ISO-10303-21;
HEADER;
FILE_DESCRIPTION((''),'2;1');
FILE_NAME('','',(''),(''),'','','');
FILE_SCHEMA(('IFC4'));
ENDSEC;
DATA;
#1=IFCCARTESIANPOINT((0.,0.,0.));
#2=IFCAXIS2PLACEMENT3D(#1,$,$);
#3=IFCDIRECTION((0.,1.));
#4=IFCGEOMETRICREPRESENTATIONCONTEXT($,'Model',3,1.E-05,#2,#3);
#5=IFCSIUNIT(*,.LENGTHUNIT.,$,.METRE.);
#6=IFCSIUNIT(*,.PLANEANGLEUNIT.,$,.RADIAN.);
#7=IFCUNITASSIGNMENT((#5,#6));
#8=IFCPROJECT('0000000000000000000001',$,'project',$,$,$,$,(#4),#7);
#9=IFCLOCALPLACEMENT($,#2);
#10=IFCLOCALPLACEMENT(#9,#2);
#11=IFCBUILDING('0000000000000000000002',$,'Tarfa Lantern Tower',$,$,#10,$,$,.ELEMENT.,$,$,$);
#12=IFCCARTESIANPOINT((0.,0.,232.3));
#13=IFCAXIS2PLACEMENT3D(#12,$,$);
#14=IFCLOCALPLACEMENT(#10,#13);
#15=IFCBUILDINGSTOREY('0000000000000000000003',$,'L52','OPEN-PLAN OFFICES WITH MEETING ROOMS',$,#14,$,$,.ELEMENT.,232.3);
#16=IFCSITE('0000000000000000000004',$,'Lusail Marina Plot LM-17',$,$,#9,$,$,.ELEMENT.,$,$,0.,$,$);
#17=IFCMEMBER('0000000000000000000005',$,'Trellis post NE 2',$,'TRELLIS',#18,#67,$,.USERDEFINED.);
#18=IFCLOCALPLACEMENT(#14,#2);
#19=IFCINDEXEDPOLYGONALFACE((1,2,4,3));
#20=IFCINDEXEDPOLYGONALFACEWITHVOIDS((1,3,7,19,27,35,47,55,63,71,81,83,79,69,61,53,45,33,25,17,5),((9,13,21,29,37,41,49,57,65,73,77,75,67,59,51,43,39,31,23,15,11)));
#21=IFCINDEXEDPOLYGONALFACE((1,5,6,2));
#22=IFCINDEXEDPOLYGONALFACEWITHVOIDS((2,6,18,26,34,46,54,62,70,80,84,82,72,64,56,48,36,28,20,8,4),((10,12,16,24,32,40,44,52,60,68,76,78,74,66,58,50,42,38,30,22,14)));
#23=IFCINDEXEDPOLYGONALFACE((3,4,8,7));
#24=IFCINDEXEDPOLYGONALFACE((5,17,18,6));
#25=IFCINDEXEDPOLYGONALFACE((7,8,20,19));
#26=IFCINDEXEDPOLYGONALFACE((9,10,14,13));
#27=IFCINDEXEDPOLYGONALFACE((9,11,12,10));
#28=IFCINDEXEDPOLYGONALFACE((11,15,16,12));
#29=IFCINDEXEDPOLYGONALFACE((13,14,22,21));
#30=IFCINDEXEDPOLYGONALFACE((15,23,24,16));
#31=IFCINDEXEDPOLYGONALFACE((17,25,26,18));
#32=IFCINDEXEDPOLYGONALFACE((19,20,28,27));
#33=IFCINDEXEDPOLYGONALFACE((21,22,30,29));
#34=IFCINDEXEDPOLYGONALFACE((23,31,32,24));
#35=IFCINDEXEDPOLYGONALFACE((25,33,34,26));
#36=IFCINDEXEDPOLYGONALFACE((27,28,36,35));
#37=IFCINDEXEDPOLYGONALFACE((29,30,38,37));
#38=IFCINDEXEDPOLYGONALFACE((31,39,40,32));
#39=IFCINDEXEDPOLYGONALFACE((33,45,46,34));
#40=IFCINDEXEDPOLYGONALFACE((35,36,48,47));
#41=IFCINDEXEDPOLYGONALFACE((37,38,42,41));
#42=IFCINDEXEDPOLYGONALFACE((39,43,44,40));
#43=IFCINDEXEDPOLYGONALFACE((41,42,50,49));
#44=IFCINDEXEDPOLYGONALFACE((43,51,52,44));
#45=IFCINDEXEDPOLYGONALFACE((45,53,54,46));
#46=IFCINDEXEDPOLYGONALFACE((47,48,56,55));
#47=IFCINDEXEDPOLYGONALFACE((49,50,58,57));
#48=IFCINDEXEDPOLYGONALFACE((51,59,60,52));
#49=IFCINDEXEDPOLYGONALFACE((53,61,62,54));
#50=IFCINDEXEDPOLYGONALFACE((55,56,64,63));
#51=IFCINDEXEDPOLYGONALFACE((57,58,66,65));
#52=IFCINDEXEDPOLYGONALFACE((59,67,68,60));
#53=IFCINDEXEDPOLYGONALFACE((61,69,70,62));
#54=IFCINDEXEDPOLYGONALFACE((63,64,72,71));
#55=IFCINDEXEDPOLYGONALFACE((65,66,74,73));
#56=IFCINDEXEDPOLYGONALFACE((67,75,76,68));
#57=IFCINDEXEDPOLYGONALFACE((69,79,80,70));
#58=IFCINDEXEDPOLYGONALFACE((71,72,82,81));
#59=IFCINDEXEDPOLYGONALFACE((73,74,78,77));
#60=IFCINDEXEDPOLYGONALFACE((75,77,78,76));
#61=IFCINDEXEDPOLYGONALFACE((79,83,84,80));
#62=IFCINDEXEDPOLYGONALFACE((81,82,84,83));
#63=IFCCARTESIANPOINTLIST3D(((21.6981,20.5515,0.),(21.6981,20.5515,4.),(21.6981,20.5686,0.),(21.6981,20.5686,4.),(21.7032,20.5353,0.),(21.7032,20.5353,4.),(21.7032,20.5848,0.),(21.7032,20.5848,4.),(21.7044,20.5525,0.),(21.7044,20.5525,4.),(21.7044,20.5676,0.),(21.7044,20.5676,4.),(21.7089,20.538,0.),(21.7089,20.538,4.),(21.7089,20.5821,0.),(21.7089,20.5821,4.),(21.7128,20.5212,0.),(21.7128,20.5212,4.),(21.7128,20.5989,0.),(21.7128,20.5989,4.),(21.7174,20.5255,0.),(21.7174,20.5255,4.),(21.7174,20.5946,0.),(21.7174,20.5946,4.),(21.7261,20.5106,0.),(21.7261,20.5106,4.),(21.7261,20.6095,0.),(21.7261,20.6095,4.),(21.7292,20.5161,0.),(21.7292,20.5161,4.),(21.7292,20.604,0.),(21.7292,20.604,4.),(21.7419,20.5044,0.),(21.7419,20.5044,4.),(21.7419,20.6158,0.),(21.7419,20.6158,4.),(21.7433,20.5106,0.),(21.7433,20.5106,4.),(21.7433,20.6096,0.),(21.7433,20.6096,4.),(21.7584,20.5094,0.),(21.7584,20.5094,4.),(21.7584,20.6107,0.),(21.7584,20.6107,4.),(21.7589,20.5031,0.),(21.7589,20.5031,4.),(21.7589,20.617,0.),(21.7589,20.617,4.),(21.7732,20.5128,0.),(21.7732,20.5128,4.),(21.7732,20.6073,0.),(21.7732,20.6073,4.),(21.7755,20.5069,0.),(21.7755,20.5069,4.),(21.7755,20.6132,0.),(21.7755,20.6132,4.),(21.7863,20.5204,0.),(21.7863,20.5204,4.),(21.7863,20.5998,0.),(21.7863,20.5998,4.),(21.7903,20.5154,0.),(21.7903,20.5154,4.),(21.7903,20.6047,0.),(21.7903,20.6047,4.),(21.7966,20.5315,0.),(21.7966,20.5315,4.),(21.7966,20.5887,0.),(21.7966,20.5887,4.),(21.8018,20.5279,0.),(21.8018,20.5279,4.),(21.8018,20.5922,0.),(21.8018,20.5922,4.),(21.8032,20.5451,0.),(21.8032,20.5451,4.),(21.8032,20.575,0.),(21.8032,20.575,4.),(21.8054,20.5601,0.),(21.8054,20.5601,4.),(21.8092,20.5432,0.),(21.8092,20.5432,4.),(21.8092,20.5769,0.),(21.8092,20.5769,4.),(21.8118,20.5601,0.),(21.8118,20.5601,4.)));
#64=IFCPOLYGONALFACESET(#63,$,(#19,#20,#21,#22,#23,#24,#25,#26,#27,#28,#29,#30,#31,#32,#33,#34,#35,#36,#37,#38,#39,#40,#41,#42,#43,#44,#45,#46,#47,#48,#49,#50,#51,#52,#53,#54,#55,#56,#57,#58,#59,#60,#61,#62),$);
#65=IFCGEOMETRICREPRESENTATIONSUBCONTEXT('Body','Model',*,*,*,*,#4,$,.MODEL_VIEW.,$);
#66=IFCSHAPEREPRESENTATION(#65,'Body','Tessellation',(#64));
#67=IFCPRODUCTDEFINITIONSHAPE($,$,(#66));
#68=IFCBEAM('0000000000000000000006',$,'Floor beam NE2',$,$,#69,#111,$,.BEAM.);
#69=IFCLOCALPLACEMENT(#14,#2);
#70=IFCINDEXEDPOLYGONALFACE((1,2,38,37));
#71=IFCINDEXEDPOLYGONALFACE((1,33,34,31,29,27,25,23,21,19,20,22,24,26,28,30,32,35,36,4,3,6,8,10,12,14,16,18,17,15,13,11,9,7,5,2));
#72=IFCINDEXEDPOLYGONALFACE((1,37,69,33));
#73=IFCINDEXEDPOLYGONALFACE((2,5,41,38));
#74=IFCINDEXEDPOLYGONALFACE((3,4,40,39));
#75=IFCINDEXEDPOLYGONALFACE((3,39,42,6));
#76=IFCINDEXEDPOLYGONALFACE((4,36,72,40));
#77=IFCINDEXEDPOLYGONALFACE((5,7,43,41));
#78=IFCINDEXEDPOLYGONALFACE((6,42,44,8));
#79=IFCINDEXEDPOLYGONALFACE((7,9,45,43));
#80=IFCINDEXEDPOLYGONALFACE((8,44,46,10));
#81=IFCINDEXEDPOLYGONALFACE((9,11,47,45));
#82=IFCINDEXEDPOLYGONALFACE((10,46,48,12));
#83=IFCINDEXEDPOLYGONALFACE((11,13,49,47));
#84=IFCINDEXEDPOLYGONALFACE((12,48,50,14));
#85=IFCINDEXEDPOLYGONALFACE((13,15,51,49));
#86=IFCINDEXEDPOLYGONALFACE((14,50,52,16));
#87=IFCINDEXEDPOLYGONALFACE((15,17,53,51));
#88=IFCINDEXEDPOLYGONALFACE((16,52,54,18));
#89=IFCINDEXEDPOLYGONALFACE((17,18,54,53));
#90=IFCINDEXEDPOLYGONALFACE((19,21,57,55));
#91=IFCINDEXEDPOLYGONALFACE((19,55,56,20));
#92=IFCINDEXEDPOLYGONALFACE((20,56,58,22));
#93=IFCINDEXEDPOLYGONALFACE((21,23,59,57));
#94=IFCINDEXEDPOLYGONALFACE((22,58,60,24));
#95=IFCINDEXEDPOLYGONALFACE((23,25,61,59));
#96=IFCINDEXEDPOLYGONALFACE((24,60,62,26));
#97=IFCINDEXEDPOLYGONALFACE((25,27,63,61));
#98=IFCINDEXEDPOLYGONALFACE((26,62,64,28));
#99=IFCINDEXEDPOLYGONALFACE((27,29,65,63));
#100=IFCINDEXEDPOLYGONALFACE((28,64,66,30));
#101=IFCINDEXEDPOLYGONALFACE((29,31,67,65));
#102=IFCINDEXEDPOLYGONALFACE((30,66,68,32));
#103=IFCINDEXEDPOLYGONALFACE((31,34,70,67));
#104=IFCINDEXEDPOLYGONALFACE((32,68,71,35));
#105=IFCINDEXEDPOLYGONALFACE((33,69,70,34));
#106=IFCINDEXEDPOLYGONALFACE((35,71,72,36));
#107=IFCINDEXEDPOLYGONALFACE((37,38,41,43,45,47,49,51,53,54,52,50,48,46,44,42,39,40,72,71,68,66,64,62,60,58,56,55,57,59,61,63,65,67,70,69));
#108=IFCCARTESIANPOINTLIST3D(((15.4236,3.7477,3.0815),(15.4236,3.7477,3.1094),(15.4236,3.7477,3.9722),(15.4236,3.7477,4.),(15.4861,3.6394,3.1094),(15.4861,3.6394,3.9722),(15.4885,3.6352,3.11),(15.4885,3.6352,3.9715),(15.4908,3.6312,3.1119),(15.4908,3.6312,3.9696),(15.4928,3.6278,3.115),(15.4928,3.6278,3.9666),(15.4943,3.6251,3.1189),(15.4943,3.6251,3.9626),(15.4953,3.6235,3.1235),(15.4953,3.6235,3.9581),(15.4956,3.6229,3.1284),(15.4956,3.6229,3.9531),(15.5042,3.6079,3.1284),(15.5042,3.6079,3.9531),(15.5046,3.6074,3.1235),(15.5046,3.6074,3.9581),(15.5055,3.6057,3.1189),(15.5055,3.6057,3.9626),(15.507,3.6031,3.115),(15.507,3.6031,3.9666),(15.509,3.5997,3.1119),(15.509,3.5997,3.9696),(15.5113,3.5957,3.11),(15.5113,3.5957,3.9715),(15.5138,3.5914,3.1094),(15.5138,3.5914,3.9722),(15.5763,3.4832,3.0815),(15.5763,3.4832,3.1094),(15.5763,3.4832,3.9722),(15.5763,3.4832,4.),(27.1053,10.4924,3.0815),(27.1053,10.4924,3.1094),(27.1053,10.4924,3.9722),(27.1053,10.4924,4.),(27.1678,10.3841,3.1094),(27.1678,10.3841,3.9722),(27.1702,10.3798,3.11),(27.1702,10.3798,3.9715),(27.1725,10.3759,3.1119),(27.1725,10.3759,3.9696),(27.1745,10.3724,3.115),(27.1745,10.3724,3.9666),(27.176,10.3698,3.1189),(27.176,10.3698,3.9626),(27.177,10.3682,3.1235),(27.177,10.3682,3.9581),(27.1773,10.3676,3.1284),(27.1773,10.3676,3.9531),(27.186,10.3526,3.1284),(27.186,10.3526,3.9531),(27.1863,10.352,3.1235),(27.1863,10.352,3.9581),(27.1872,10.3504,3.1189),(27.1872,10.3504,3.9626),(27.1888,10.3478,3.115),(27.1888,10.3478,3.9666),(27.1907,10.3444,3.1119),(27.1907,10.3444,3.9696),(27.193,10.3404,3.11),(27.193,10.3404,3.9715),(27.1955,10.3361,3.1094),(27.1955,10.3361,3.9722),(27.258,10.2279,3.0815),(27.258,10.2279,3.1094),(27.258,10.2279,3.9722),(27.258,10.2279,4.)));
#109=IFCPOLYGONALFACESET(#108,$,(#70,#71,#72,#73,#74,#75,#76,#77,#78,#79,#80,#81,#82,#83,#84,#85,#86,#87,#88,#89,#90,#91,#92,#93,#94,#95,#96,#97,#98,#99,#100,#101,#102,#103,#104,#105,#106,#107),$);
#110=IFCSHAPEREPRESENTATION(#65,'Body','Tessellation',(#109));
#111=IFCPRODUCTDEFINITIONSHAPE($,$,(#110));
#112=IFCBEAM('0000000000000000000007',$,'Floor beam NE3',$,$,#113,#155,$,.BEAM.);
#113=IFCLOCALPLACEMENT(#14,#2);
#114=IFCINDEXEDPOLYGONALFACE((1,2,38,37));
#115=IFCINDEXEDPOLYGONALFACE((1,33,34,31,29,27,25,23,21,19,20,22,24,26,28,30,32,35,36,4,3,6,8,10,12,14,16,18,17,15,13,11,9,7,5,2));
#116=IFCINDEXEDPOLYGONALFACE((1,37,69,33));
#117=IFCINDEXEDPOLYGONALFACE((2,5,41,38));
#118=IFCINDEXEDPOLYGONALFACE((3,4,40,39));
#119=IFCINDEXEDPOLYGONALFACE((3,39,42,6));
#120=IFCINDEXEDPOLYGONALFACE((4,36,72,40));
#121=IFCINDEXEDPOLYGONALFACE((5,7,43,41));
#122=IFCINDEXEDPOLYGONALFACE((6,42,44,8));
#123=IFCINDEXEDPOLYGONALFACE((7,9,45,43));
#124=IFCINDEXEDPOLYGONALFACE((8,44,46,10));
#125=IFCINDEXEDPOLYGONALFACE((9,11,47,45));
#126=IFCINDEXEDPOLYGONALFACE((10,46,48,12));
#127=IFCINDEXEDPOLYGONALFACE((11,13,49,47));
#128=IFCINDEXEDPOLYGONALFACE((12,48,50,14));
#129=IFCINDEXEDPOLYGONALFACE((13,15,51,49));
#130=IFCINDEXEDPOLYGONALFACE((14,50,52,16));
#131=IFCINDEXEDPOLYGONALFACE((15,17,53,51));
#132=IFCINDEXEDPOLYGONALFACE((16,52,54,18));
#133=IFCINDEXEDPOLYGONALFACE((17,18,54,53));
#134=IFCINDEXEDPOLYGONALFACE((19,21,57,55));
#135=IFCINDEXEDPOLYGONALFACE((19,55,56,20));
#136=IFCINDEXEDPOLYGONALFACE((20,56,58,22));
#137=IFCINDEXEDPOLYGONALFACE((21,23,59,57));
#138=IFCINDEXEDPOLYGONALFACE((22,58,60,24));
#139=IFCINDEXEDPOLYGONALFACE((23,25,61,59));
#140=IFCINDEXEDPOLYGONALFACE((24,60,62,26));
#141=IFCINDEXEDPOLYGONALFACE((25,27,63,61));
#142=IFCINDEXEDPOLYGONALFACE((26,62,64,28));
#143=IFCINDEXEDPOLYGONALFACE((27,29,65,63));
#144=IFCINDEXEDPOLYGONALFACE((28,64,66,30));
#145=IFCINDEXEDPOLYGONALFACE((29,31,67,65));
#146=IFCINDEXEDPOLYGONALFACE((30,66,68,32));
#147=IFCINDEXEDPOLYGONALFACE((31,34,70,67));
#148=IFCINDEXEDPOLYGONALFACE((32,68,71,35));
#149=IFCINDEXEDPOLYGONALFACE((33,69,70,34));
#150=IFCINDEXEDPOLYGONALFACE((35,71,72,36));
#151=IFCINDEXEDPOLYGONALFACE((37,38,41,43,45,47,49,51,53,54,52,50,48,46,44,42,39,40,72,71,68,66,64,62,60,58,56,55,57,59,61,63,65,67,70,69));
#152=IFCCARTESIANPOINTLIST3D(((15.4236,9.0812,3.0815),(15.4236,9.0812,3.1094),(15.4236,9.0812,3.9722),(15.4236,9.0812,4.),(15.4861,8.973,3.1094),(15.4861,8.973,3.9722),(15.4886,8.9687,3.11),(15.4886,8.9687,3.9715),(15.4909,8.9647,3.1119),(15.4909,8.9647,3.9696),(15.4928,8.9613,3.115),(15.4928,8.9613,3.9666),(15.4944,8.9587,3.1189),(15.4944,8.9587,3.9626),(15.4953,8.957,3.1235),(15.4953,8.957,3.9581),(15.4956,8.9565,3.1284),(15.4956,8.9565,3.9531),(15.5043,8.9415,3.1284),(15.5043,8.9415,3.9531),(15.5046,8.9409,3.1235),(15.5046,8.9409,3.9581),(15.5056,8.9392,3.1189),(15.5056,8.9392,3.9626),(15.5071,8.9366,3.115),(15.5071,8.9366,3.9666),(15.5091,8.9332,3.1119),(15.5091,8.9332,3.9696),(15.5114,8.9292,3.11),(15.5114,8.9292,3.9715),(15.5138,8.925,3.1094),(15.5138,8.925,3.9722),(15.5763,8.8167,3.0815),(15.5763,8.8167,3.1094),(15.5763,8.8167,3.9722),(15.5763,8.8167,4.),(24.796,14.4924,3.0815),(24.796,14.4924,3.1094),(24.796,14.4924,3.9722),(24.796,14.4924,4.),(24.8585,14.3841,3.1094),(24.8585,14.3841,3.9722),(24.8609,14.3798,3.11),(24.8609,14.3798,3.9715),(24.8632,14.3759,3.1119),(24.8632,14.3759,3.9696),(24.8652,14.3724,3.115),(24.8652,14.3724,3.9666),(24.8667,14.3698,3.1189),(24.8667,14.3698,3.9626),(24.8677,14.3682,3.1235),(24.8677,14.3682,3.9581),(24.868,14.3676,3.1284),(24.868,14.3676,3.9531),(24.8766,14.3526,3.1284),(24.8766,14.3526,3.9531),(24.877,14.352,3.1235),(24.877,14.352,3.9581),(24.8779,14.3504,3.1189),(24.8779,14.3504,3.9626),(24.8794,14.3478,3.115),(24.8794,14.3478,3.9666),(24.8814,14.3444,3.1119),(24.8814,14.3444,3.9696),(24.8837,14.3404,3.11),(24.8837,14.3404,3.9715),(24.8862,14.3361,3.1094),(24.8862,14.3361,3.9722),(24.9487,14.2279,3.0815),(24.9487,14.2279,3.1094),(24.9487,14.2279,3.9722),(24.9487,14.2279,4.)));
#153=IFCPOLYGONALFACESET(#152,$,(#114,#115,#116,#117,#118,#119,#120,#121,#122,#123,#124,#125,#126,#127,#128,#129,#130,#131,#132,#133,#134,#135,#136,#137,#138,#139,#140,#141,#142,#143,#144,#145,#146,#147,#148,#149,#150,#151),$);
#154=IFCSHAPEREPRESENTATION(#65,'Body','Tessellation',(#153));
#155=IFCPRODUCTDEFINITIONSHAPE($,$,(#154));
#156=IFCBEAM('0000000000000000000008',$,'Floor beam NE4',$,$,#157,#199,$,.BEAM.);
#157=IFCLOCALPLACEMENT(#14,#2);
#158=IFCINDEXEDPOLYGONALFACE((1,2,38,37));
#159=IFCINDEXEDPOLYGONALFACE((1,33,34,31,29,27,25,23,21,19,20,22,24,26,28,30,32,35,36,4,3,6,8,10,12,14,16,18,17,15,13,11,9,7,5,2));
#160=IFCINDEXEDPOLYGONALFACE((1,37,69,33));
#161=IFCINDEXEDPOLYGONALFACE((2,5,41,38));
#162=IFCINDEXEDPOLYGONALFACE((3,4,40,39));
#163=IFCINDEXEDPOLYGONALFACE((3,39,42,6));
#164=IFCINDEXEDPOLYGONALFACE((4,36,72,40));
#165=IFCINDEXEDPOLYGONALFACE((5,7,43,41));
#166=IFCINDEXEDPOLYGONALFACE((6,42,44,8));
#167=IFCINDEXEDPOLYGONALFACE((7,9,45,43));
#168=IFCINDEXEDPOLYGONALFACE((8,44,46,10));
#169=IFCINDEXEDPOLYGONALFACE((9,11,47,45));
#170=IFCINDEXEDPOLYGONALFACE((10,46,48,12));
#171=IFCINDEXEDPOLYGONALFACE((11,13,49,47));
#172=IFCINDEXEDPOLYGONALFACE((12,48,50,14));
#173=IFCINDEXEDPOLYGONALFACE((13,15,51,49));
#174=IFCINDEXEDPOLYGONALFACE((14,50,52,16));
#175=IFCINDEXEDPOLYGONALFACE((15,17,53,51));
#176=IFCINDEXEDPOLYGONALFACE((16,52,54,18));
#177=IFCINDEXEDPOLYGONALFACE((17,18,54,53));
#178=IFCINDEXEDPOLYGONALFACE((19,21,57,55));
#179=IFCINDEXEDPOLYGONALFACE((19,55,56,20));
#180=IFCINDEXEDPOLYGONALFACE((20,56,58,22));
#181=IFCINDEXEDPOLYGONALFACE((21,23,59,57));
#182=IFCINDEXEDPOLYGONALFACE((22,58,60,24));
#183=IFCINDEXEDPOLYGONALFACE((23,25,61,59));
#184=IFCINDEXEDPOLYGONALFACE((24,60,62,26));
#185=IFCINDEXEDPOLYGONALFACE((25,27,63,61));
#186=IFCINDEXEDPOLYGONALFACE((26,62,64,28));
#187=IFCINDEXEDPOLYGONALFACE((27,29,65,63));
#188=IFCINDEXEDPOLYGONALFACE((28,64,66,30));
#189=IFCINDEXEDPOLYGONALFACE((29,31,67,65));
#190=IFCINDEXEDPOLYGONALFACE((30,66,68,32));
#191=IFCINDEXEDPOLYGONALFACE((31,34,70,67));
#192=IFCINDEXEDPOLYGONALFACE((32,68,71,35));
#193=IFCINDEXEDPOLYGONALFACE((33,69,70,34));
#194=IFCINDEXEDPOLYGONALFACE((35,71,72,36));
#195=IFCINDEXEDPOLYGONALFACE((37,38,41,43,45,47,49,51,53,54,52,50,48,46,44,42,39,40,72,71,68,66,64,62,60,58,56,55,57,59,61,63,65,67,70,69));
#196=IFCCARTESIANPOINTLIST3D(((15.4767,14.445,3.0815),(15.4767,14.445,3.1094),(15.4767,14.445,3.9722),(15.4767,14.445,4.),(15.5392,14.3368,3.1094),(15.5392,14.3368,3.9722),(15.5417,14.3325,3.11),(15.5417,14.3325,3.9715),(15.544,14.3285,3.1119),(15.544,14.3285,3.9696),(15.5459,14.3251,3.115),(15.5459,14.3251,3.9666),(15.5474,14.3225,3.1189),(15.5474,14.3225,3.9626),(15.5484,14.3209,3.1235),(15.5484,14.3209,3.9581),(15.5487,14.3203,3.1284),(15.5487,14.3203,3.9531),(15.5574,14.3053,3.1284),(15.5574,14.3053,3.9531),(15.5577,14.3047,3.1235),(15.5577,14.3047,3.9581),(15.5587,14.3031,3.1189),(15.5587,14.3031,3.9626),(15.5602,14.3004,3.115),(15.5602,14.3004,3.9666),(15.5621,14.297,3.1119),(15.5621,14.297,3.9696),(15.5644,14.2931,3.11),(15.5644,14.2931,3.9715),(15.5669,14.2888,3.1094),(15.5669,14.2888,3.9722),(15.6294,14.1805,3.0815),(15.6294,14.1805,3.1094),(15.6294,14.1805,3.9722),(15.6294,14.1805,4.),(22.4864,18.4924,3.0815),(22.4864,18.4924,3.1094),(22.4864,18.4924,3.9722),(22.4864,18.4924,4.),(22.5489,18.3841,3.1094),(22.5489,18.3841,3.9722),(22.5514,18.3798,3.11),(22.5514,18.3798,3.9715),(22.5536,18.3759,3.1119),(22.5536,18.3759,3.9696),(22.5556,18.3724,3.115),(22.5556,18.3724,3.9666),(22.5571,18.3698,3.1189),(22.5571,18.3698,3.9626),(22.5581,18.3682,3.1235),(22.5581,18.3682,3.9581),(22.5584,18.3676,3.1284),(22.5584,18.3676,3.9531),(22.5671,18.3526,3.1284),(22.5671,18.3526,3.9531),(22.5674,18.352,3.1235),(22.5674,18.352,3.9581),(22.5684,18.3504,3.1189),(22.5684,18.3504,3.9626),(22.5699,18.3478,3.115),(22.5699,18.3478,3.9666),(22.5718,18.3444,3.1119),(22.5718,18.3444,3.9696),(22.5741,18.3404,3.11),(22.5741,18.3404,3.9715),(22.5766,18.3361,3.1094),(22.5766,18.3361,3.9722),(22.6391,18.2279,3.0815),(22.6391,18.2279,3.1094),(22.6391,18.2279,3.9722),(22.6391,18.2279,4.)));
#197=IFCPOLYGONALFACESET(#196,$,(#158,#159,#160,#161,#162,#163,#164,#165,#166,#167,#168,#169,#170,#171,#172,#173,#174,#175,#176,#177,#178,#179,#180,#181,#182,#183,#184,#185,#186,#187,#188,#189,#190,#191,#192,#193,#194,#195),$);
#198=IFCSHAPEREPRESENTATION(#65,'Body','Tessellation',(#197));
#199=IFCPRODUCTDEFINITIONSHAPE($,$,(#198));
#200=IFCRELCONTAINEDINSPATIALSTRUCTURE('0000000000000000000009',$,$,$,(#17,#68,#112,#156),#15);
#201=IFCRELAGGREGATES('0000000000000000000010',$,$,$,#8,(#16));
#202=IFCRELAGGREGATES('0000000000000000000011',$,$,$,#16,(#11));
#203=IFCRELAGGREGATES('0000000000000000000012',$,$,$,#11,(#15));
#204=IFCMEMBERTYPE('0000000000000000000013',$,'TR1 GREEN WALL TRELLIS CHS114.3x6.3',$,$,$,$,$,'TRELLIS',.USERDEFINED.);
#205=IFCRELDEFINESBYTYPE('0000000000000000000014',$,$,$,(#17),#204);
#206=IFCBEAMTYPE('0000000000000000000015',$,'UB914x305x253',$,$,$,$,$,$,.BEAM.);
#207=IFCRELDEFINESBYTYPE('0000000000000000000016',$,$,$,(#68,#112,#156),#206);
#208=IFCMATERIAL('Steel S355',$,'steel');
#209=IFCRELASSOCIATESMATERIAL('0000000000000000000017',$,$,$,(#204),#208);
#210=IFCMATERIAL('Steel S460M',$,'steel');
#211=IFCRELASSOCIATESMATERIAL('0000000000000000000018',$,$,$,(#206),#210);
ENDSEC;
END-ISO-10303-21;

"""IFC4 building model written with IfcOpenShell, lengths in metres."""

from ifc_helpers import new_model, si_unit, direction, frame, origin, origin_2d, place, context, subcontext, project, spatial, hollow_circle, i_section, extrude, material, material_profile, profile_set, type_object, element, save


model = new_model("IFC4")

# Units and contexts
model_context = context("Model", 3, precision=1e-05, world=origin(), true_north=direction((0.0, 1.0)))
body_context = subcontext(model_context, "Body", "Model", "MODEL_VIEW")
ifc_project = project(units=[si_unit("LENGTHUNIT", "METRE"), si_unit("PLANEANGLEUNIT", "RADIAN")], contexts=[model_context])

# Site, building, storey
site_placement = place(None, origin())
site = spatial("IfcSite", under=ifc_project, at=site_placement, Name="Lusail Marina Plot LM-17", CompositionType="ELEMENT", RefElevation=0.0)
building_placement = place(site_placement, origin())
building = spatial("IfcBuilding", under=site, at=building_placement, Name="Tarfa Lantern Tower", CompositionType="ELEMENT")
storey_placement = place(building_placement, frame((0.0, 0.0, 232.3)))
storey = spatial("IfcBuildingStorey", under=building, at=storey_placement, Name="L52", Description="OPEN-PLAN OFFICES WITH MEETING ROOMS", CompositionType="ELEMENT", Elevation=232.3)

# Member
ifc_material_1 = material(Name="Steel S355", Category="steel")
ifc_material_profile_1 = material_profile(ifc_material_1, hollow_circle(Radius=0.0571, WallThickness=0.0063, at=origin_2d()), Name="CHS114.3x6.3")
ifc_profile_set_1 = profile_set([ifc_material_profile_1], Name="Steel S355")
member_type_1 = type_object("IfcMemberType", Name="TR1 GREEN WALL TRELLIS CHS114.3x6.3", ElementType="TRELLIS", PredefinedType="USERDEFINED", material=ifc_profile_set_1)
member_1_placement = place(storey_placement, frame((21.7546, 20.5601, 0.0), z_axis=(0.0, 0.0, 1.0), x_axis=(1.0, 0.0, 0.0)))
element("IfcMember", 1, at=member_1_placement, inside=storey, type_object=member_type_1, Name="Trellis post NE 2", ObjectType="TRELLIS", PredefinedType="USERDEFINED", context=body_context, shape_type="SweptSolid", body=[
    extrude(hollow_circle(Radius=0.0571, WallThickness=0.0063, at=origin_2d()), origin(), (0.0, 0.0, 1.0), 4.0),
])

# Beams
ifc_material_2 = material(Name="Steel S460M", Category="steel")
ifc_material_profile_2 = material_profile(ifc_material_2, i_section(OverallWidth=0.3054, OverallDepth=0.9185, WebThickness=0.0173, FlangeThickness=0.0278, FilletRadius=0.019, at=origin_2d()), Name="UB914x305x253")
ifc_profile_set_2 = profile_set([ifc_material_profile_2], Name="Steel S460M")
beam_type_1 = type_object("IfcBeamType", Name="UB914x305x253", PredefinedType="BEAM", material=ifc_profile_set_2)
beam_1_placement = place(storey_placement, frame((27.1816, 10.3601, 3.5408), z_axis=(-0.866018, -0.500013, 0.0), x_axis=(0.500013, -0.866018, 0.0)))
element("IfcBeam", 2, at=beam_1_placement, inside=storey, type_object=beam_type_1, Name="Floor beam NE2", PredefinedType="BEAM", context=body_context, shape_type="SweptSolid", body=[
    extrude(i_section(OverallWidth=0.3054, OverallDepth=0.9185, WebThickness=0.0173, FlangeThickness=0.0278, FilletRadius=0.019, at=origin_2d()), origin(), (0.0, 0.0, 1.0), 13.489),
])
beam_2_placement = place(storey_placement, frame((24.8723, 14.3601, 3.5408), z_axis=(-0.866024, -0.500002, 0.0), x_axis=(0.500002, -0.866024, 0.0)))
element("IfcBeam", 3, at=beam_2_placement, inside=storey, type_object=beam_type_1, Name="Floor beam NE3", PredefinedType="BEAM", context=body_context, shape_type="SweptSolid", body=[
    extrude(i_section(OverallWidth=0.3054, OverallDepth=0.9185, WebThickness=0.0173, FlangeThickness=0.0278, FilletRadius=0.019, at=origin_2d()), origin(), (0.0, 0.0, 1.0), 10.8223),
])
beam_3_placement = place(storey_placement, frame((22.5627, 18.3601, 3.5408), z_axis=(-0.866011, -0.500025, 0.0), x_axis=(0.500025, -0.866011, 0.0)))
element("IfcBeam", 4, at=beam_3_placement, inside=storey, type_object=beam_type_1, Name="Floor beam NE4", PredefinedType="BEAM", context=body_context, shape_type="SweptSolid", body=[
    extrude(i_section(OverallWidth=0.3054, OverallDepth=0.9185, WebThickness=0.0173, FlangeThickness=0.0278, FilletRadius=0.019, at=origin_2d()), origin(), (0.0, 0.0, 1.0), 8.0942),
])

save(model, "model.ifc")
